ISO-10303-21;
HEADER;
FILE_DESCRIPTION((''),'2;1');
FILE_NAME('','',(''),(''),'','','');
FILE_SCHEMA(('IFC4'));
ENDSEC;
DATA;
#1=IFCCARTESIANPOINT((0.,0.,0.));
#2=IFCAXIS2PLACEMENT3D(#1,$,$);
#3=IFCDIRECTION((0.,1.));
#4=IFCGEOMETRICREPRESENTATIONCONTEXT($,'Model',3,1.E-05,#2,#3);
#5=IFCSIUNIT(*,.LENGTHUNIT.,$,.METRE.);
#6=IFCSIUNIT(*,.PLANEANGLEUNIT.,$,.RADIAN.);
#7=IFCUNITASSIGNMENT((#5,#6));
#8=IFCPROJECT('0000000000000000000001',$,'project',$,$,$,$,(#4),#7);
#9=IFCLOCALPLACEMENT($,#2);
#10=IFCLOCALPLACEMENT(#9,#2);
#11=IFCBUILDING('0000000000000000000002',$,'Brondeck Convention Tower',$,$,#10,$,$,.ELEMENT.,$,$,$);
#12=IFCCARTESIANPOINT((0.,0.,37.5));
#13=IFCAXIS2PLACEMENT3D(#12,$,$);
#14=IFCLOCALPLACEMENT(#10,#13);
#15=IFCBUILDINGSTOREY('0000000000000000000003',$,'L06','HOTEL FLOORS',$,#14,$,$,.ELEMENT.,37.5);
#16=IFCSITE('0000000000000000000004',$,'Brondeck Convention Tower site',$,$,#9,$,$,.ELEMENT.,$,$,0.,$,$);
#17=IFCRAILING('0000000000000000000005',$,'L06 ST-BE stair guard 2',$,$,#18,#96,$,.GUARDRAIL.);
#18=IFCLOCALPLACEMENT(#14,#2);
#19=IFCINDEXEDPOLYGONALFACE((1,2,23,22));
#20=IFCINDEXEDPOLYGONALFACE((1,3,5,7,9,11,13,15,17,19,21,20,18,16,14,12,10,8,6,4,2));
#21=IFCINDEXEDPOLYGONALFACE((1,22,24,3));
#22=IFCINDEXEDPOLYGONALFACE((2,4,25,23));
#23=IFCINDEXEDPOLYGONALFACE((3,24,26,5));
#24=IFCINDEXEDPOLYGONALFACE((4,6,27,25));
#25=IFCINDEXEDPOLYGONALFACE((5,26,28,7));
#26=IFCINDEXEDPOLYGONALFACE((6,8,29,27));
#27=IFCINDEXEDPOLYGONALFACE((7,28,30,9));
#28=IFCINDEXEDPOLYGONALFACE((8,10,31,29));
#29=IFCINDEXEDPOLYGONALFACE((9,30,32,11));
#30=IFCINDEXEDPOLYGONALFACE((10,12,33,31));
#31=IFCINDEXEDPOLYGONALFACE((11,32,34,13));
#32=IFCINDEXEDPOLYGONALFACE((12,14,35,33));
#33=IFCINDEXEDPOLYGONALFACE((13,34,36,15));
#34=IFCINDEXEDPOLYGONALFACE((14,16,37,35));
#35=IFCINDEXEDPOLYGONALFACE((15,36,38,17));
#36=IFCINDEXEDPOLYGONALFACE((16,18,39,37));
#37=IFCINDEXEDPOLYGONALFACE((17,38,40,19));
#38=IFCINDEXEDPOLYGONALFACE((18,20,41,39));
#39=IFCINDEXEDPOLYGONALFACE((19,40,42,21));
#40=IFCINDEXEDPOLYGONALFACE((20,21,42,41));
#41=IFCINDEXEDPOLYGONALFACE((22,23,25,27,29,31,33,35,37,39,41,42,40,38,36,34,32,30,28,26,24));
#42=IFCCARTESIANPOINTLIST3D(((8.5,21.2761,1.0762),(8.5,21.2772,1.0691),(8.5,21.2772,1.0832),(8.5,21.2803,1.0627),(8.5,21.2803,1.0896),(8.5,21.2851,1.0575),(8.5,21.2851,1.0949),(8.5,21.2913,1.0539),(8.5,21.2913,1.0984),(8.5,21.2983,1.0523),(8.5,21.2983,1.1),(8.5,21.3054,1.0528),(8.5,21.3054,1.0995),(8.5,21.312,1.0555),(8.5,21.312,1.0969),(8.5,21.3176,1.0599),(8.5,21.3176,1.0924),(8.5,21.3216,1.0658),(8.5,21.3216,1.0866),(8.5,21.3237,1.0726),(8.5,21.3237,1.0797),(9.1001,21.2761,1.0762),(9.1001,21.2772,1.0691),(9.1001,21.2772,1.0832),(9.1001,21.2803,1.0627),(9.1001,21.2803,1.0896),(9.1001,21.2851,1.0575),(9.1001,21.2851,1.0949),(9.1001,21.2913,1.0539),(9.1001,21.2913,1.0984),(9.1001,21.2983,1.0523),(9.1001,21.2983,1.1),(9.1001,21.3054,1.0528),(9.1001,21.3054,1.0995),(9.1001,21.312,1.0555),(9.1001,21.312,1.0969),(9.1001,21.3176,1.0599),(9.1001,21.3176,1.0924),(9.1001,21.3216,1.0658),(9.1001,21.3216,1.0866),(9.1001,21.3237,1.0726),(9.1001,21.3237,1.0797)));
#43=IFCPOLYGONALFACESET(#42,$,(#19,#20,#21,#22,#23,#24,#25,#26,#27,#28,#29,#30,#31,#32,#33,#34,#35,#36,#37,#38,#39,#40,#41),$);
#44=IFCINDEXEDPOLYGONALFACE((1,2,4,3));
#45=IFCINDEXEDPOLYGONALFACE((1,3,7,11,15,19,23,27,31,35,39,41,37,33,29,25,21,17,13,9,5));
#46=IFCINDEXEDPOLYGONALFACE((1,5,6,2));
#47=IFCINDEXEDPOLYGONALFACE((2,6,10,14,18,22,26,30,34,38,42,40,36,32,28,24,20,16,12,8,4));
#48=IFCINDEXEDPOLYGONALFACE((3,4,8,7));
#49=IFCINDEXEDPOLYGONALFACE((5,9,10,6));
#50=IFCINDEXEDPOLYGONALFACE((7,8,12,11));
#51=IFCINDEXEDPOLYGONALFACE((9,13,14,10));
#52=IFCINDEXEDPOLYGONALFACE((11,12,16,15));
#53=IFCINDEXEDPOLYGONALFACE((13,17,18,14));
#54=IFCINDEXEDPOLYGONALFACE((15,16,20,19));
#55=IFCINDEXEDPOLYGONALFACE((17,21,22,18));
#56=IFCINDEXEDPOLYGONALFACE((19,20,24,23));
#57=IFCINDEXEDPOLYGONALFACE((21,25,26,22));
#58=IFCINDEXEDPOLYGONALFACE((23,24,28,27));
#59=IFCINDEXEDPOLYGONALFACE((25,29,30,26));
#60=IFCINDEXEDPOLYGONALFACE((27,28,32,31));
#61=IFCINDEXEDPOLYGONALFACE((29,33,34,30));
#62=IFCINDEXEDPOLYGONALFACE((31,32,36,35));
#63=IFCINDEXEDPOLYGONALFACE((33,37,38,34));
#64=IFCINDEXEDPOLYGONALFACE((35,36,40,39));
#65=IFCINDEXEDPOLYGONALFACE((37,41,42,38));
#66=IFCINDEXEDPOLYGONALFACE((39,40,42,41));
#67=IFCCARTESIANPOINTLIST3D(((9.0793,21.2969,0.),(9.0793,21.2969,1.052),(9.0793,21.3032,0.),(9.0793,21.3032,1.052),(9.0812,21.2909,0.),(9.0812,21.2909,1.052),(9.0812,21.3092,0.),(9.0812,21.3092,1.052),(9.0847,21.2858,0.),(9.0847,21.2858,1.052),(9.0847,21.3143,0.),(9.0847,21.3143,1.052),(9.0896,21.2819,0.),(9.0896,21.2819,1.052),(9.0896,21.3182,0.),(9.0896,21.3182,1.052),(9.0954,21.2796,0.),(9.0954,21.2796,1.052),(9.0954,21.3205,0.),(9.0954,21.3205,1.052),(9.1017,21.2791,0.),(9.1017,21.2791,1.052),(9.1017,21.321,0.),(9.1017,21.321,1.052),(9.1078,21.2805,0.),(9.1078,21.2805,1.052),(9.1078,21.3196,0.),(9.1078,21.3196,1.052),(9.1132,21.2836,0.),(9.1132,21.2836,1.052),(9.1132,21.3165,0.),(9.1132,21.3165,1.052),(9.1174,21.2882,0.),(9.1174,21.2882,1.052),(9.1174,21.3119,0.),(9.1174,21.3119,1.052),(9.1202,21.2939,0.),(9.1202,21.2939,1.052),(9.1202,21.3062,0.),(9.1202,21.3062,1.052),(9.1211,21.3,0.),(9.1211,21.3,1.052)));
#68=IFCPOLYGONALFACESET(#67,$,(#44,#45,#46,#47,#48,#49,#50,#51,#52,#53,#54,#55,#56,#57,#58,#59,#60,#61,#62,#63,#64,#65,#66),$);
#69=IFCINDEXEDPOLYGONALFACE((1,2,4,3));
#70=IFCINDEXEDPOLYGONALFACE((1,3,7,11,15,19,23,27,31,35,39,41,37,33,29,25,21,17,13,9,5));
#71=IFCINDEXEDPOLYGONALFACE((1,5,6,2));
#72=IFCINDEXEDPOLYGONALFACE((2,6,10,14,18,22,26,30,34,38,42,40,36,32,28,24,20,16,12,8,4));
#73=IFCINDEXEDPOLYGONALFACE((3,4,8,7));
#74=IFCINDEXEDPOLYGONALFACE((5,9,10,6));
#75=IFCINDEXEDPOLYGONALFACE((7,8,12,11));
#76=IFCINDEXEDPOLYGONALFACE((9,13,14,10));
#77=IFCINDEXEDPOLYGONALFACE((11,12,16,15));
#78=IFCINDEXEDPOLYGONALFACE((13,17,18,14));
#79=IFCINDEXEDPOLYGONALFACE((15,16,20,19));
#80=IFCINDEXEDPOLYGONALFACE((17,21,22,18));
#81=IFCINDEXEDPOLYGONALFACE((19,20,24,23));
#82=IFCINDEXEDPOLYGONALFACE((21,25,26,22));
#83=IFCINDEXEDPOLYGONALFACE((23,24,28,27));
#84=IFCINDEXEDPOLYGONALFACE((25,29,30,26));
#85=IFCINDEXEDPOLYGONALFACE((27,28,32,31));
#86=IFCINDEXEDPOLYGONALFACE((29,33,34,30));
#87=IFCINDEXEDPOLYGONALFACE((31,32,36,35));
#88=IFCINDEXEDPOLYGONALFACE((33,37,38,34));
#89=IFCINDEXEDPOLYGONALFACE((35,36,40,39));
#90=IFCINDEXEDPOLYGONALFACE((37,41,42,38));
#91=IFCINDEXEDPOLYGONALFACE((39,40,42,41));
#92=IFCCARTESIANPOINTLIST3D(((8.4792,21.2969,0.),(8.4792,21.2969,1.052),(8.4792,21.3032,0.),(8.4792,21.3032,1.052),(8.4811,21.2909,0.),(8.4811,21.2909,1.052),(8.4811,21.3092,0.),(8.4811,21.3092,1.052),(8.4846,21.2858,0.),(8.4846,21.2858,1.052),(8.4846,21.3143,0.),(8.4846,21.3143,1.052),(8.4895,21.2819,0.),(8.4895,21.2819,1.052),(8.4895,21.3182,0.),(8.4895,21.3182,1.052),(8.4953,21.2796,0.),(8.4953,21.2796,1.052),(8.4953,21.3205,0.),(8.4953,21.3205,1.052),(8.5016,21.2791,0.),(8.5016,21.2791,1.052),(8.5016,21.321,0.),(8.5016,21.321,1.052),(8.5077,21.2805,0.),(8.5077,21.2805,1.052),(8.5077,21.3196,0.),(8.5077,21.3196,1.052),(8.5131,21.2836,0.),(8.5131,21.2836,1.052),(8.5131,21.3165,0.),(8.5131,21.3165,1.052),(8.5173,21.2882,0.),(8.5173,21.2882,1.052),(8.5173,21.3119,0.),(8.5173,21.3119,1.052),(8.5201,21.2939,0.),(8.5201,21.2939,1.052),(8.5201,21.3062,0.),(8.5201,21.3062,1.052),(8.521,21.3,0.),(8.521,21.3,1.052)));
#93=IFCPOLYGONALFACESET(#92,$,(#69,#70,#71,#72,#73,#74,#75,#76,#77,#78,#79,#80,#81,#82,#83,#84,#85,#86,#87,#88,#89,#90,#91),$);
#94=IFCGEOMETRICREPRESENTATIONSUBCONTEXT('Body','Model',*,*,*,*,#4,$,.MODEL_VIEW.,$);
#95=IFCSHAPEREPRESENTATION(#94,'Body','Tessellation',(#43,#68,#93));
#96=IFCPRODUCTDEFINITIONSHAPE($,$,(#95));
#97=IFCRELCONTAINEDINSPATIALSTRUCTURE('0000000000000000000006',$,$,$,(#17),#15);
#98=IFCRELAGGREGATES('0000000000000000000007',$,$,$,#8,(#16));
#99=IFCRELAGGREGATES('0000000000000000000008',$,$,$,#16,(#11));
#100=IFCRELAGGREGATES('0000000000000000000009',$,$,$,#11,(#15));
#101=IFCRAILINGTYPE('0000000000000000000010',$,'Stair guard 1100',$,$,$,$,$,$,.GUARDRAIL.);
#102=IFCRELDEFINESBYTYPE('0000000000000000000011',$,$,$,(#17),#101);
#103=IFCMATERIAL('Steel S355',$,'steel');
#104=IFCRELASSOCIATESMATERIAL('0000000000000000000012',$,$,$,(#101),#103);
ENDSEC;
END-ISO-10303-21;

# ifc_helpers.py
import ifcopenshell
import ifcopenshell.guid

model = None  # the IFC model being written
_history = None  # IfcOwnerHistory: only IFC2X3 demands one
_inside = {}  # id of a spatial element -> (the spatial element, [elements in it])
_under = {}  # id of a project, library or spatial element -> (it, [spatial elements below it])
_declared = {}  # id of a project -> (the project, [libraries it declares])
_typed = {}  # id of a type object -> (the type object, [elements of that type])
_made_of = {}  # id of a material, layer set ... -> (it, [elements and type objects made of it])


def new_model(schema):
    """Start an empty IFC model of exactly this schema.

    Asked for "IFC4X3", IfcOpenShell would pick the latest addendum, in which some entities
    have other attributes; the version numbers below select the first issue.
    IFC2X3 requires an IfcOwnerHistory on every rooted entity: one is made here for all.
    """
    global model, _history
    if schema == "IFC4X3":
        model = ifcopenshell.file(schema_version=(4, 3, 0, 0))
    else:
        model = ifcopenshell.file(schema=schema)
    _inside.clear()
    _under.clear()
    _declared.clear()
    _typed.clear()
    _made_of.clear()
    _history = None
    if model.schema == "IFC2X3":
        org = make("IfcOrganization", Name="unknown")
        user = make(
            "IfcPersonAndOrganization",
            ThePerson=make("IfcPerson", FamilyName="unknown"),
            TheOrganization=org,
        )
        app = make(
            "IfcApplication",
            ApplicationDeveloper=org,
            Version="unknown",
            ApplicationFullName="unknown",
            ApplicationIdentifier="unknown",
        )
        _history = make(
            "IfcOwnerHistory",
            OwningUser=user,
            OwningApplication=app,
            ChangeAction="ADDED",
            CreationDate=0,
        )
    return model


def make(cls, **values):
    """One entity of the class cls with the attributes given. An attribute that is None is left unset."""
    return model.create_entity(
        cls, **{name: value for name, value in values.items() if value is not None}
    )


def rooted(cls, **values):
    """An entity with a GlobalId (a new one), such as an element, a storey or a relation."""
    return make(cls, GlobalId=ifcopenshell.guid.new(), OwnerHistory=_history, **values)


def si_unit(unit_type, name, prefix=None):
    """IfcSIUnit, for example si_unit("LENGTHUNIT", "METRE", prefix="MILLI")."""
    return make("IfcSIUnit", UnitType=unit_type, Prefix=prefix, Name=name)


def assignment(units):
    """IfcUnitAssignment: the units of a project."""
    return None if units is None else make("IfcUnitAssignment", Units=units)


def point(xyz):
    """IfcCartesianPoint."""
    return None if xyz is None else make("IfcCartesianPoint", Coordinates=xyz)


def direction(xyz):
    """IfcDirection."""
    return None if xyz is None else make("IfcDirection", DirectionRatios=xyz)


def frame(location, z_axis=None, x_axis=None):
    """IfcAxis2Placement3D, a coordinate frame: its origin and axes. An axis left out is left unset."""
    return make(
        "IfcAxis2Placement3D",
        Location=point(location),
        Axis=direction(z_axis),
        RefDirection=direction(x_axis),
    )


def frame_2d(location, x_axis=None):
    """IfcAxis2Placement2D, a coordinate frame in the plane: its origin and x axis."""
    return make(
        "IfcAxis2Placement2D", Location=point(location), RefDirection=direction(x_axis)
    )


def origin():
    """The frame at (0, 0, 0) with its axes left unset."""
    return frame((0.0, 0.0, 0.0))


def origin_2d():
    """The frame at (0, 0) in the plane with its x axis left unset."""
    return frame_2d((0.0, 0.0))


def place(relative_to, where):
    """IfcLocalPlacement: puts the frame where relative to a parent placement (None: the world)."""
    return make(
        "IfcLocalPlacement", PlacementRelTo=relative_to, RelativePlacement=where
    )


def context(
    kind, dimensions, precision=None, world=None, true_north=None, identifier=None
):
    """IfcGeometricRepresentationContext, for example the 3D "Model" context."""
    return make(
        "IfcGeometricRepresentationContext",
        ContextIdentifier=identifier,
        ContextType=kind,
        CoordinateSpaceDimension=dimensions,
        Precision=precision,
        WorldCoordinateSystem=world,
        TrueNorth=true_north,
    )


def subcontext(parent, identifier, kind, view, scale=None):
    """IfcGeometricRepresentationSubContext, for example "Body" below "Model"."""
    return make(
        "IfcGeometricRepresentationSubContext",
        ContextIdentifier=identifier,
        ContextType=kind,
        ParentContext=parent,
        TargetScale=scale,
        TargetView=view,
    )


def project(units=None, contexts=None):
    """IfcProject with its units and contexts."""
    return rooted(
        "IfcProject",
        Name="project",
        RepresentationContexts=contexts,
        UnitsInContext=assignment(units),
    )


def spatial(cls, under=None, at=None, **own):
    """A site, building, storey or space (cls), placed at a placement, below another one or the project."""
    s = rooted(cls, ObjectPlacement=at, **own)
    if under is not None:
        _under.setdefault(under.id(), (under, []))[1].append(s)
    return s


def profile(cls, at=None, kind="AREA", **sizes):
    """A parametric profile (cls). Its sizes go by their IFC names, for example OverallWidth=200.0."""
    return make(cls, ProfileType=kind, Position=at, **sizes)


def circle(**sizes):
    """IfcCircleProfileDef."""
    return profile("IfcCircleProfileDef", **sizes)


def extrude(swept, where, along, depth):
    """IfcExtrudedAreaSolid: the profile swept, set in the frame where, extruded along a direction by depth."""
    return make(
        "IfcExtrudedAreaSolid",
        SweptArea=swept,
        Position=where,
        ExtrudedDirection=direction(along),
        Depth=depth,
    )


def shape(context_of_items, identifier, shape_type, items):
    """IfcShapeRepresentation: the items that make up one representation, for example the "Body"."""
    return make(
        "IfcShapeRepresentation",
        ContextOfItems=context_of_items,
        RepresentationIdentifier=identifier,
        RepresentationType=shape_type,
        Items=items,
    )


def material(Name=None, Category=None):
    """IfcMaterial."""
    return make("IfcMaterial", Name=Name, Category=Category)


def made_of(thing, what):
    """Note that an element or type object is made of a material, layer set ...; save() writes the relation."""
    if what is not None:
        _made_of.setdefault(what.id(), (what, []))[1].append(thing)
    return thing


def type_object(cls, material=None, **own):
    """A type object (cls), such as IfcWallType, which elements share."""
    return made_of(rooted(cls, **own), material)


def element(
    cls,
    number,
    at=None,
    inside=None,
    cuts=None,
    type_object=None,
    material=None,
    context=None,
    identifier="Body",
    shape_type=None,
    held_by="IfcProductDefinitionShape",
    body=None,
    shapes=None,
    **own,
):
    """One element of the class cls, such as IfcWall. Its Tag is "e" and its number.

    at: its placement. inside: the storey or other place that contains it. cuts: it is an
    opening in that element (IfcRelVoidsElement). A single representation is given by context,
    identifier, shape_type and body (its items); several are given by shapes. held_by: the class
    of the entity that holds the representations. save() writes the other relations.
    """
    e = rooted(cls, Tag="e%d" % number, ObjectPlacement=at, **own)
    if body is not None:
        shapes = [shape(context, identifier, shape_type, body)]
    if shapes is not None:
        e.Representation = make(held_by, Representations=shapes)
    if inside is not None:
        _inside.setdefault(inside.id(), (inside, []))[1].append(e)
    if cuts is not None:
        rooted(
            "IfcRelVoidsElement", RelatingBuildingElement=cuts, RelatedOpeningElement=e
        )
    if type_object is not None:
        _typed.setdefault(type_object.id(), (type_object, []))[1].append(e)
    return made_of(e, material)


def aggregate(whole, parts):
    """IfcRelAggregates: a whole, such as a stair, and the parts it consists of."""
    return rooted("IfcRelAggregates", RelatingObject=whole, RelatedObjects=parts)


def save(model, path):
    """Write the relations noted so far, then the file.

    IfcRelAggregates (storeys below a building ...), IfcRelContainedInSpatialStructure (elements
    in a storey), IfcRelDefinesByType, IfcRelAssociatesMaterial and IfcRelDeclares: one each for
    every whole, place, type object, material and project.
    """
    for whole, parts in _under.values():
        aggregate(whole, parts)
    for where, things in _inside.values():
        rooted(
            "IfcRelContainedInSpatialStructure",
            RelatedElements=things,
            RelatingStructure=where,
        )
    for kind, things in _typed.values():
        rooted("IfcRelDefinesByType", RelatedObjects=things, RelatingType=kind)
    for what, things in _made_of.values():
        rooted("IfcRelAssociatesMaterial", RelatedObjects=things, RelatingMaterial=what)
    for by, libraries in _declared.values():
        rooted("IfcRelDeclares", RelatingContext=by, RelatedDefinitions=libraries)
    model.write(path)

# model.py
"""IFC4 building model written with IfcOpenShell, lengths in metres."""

from ifc_helpers import new_model, si_unit, direction, frame, origin, origin_2d, place, context, subcontext, project, spatial, circle, extrude, material, type_object, element, save


model = new_model("IFC4")

# Units and contexts
model_context = context("Model", 3, precision=1e-05, world=origin(), true_north=direction((0.0, 1.0)))
body_context = subcontext(model_context, "Body", "Model", "MODEL_VIEW")
ifc_project = project(units=[si_unit("LENGTHUNIT", "METRE"), si_unit("PLANEANGLEUNIT", "RADIAN")], contexts=[model_context])

# Site, building, storey
site_placement = place(None, origin())
site = spatial("IfcSite", under=ifc_project, at=site_placement, Name="Brondeck Convention Tower site", CompositionType="ELEMENT", RefElevation=0.0)
building_placement = place(site_placement, origin())
building = spatial("IfcBuilding", under=site, at=building_placement, Name="Brondeck Convention Tower", CompositionType="ELEMENT")
storey_placement = place(building_placement, frame((0.0, 0.0, 37.5)))
storey = spatial("IfcBuildingStorey", under=building, at=storey_placement, Name="L06", Description="HOTEL FLOORS", CompositionType="ELEMENT", Elevation=37.5)

# Shared definitions
ifc_material_1 = material(Name="Steel S355", Category="steel")

# Railing
railing_type_1 = type_object("IfcRailingType", Name="Stair guard 1100", PredefinedType="GUARDRAIL", material=ifc_material_1)
railing_1_placement = place(storey_placement, frame((9.1001, 21.3, 0.0)))
element("IfcRailing", 1, at=railing_1_placement, inside=storey, type_object=railing_type_1, Name="L06 ST-BE stair guard 2", PredefinedType="GUARDRAIL", context=body_context, shape_type="SweptSolid", body=[
    extrude(circle(Radius=0.0239, at=origin_2d()), frame((0.0, 0.0, 1.0762), z_axis=(-1.0, 0.0, 0.0), x_axis=(0.0, -1.0, 0.0)), (0.0, 0.0, 1.0), 0.6001),
    extrude(circle(Radius=0.021, at=origin_2d()), origin(), (0.0, 0.0, 1.0), 1.052),
    extrude(circle(Radius=0.021, at=origin_2d()), frame((-0.6001, 0.0, 0.0)), (0.0, 0.0, 1.0), 1.052),
])

save(model, "model.ifc")
